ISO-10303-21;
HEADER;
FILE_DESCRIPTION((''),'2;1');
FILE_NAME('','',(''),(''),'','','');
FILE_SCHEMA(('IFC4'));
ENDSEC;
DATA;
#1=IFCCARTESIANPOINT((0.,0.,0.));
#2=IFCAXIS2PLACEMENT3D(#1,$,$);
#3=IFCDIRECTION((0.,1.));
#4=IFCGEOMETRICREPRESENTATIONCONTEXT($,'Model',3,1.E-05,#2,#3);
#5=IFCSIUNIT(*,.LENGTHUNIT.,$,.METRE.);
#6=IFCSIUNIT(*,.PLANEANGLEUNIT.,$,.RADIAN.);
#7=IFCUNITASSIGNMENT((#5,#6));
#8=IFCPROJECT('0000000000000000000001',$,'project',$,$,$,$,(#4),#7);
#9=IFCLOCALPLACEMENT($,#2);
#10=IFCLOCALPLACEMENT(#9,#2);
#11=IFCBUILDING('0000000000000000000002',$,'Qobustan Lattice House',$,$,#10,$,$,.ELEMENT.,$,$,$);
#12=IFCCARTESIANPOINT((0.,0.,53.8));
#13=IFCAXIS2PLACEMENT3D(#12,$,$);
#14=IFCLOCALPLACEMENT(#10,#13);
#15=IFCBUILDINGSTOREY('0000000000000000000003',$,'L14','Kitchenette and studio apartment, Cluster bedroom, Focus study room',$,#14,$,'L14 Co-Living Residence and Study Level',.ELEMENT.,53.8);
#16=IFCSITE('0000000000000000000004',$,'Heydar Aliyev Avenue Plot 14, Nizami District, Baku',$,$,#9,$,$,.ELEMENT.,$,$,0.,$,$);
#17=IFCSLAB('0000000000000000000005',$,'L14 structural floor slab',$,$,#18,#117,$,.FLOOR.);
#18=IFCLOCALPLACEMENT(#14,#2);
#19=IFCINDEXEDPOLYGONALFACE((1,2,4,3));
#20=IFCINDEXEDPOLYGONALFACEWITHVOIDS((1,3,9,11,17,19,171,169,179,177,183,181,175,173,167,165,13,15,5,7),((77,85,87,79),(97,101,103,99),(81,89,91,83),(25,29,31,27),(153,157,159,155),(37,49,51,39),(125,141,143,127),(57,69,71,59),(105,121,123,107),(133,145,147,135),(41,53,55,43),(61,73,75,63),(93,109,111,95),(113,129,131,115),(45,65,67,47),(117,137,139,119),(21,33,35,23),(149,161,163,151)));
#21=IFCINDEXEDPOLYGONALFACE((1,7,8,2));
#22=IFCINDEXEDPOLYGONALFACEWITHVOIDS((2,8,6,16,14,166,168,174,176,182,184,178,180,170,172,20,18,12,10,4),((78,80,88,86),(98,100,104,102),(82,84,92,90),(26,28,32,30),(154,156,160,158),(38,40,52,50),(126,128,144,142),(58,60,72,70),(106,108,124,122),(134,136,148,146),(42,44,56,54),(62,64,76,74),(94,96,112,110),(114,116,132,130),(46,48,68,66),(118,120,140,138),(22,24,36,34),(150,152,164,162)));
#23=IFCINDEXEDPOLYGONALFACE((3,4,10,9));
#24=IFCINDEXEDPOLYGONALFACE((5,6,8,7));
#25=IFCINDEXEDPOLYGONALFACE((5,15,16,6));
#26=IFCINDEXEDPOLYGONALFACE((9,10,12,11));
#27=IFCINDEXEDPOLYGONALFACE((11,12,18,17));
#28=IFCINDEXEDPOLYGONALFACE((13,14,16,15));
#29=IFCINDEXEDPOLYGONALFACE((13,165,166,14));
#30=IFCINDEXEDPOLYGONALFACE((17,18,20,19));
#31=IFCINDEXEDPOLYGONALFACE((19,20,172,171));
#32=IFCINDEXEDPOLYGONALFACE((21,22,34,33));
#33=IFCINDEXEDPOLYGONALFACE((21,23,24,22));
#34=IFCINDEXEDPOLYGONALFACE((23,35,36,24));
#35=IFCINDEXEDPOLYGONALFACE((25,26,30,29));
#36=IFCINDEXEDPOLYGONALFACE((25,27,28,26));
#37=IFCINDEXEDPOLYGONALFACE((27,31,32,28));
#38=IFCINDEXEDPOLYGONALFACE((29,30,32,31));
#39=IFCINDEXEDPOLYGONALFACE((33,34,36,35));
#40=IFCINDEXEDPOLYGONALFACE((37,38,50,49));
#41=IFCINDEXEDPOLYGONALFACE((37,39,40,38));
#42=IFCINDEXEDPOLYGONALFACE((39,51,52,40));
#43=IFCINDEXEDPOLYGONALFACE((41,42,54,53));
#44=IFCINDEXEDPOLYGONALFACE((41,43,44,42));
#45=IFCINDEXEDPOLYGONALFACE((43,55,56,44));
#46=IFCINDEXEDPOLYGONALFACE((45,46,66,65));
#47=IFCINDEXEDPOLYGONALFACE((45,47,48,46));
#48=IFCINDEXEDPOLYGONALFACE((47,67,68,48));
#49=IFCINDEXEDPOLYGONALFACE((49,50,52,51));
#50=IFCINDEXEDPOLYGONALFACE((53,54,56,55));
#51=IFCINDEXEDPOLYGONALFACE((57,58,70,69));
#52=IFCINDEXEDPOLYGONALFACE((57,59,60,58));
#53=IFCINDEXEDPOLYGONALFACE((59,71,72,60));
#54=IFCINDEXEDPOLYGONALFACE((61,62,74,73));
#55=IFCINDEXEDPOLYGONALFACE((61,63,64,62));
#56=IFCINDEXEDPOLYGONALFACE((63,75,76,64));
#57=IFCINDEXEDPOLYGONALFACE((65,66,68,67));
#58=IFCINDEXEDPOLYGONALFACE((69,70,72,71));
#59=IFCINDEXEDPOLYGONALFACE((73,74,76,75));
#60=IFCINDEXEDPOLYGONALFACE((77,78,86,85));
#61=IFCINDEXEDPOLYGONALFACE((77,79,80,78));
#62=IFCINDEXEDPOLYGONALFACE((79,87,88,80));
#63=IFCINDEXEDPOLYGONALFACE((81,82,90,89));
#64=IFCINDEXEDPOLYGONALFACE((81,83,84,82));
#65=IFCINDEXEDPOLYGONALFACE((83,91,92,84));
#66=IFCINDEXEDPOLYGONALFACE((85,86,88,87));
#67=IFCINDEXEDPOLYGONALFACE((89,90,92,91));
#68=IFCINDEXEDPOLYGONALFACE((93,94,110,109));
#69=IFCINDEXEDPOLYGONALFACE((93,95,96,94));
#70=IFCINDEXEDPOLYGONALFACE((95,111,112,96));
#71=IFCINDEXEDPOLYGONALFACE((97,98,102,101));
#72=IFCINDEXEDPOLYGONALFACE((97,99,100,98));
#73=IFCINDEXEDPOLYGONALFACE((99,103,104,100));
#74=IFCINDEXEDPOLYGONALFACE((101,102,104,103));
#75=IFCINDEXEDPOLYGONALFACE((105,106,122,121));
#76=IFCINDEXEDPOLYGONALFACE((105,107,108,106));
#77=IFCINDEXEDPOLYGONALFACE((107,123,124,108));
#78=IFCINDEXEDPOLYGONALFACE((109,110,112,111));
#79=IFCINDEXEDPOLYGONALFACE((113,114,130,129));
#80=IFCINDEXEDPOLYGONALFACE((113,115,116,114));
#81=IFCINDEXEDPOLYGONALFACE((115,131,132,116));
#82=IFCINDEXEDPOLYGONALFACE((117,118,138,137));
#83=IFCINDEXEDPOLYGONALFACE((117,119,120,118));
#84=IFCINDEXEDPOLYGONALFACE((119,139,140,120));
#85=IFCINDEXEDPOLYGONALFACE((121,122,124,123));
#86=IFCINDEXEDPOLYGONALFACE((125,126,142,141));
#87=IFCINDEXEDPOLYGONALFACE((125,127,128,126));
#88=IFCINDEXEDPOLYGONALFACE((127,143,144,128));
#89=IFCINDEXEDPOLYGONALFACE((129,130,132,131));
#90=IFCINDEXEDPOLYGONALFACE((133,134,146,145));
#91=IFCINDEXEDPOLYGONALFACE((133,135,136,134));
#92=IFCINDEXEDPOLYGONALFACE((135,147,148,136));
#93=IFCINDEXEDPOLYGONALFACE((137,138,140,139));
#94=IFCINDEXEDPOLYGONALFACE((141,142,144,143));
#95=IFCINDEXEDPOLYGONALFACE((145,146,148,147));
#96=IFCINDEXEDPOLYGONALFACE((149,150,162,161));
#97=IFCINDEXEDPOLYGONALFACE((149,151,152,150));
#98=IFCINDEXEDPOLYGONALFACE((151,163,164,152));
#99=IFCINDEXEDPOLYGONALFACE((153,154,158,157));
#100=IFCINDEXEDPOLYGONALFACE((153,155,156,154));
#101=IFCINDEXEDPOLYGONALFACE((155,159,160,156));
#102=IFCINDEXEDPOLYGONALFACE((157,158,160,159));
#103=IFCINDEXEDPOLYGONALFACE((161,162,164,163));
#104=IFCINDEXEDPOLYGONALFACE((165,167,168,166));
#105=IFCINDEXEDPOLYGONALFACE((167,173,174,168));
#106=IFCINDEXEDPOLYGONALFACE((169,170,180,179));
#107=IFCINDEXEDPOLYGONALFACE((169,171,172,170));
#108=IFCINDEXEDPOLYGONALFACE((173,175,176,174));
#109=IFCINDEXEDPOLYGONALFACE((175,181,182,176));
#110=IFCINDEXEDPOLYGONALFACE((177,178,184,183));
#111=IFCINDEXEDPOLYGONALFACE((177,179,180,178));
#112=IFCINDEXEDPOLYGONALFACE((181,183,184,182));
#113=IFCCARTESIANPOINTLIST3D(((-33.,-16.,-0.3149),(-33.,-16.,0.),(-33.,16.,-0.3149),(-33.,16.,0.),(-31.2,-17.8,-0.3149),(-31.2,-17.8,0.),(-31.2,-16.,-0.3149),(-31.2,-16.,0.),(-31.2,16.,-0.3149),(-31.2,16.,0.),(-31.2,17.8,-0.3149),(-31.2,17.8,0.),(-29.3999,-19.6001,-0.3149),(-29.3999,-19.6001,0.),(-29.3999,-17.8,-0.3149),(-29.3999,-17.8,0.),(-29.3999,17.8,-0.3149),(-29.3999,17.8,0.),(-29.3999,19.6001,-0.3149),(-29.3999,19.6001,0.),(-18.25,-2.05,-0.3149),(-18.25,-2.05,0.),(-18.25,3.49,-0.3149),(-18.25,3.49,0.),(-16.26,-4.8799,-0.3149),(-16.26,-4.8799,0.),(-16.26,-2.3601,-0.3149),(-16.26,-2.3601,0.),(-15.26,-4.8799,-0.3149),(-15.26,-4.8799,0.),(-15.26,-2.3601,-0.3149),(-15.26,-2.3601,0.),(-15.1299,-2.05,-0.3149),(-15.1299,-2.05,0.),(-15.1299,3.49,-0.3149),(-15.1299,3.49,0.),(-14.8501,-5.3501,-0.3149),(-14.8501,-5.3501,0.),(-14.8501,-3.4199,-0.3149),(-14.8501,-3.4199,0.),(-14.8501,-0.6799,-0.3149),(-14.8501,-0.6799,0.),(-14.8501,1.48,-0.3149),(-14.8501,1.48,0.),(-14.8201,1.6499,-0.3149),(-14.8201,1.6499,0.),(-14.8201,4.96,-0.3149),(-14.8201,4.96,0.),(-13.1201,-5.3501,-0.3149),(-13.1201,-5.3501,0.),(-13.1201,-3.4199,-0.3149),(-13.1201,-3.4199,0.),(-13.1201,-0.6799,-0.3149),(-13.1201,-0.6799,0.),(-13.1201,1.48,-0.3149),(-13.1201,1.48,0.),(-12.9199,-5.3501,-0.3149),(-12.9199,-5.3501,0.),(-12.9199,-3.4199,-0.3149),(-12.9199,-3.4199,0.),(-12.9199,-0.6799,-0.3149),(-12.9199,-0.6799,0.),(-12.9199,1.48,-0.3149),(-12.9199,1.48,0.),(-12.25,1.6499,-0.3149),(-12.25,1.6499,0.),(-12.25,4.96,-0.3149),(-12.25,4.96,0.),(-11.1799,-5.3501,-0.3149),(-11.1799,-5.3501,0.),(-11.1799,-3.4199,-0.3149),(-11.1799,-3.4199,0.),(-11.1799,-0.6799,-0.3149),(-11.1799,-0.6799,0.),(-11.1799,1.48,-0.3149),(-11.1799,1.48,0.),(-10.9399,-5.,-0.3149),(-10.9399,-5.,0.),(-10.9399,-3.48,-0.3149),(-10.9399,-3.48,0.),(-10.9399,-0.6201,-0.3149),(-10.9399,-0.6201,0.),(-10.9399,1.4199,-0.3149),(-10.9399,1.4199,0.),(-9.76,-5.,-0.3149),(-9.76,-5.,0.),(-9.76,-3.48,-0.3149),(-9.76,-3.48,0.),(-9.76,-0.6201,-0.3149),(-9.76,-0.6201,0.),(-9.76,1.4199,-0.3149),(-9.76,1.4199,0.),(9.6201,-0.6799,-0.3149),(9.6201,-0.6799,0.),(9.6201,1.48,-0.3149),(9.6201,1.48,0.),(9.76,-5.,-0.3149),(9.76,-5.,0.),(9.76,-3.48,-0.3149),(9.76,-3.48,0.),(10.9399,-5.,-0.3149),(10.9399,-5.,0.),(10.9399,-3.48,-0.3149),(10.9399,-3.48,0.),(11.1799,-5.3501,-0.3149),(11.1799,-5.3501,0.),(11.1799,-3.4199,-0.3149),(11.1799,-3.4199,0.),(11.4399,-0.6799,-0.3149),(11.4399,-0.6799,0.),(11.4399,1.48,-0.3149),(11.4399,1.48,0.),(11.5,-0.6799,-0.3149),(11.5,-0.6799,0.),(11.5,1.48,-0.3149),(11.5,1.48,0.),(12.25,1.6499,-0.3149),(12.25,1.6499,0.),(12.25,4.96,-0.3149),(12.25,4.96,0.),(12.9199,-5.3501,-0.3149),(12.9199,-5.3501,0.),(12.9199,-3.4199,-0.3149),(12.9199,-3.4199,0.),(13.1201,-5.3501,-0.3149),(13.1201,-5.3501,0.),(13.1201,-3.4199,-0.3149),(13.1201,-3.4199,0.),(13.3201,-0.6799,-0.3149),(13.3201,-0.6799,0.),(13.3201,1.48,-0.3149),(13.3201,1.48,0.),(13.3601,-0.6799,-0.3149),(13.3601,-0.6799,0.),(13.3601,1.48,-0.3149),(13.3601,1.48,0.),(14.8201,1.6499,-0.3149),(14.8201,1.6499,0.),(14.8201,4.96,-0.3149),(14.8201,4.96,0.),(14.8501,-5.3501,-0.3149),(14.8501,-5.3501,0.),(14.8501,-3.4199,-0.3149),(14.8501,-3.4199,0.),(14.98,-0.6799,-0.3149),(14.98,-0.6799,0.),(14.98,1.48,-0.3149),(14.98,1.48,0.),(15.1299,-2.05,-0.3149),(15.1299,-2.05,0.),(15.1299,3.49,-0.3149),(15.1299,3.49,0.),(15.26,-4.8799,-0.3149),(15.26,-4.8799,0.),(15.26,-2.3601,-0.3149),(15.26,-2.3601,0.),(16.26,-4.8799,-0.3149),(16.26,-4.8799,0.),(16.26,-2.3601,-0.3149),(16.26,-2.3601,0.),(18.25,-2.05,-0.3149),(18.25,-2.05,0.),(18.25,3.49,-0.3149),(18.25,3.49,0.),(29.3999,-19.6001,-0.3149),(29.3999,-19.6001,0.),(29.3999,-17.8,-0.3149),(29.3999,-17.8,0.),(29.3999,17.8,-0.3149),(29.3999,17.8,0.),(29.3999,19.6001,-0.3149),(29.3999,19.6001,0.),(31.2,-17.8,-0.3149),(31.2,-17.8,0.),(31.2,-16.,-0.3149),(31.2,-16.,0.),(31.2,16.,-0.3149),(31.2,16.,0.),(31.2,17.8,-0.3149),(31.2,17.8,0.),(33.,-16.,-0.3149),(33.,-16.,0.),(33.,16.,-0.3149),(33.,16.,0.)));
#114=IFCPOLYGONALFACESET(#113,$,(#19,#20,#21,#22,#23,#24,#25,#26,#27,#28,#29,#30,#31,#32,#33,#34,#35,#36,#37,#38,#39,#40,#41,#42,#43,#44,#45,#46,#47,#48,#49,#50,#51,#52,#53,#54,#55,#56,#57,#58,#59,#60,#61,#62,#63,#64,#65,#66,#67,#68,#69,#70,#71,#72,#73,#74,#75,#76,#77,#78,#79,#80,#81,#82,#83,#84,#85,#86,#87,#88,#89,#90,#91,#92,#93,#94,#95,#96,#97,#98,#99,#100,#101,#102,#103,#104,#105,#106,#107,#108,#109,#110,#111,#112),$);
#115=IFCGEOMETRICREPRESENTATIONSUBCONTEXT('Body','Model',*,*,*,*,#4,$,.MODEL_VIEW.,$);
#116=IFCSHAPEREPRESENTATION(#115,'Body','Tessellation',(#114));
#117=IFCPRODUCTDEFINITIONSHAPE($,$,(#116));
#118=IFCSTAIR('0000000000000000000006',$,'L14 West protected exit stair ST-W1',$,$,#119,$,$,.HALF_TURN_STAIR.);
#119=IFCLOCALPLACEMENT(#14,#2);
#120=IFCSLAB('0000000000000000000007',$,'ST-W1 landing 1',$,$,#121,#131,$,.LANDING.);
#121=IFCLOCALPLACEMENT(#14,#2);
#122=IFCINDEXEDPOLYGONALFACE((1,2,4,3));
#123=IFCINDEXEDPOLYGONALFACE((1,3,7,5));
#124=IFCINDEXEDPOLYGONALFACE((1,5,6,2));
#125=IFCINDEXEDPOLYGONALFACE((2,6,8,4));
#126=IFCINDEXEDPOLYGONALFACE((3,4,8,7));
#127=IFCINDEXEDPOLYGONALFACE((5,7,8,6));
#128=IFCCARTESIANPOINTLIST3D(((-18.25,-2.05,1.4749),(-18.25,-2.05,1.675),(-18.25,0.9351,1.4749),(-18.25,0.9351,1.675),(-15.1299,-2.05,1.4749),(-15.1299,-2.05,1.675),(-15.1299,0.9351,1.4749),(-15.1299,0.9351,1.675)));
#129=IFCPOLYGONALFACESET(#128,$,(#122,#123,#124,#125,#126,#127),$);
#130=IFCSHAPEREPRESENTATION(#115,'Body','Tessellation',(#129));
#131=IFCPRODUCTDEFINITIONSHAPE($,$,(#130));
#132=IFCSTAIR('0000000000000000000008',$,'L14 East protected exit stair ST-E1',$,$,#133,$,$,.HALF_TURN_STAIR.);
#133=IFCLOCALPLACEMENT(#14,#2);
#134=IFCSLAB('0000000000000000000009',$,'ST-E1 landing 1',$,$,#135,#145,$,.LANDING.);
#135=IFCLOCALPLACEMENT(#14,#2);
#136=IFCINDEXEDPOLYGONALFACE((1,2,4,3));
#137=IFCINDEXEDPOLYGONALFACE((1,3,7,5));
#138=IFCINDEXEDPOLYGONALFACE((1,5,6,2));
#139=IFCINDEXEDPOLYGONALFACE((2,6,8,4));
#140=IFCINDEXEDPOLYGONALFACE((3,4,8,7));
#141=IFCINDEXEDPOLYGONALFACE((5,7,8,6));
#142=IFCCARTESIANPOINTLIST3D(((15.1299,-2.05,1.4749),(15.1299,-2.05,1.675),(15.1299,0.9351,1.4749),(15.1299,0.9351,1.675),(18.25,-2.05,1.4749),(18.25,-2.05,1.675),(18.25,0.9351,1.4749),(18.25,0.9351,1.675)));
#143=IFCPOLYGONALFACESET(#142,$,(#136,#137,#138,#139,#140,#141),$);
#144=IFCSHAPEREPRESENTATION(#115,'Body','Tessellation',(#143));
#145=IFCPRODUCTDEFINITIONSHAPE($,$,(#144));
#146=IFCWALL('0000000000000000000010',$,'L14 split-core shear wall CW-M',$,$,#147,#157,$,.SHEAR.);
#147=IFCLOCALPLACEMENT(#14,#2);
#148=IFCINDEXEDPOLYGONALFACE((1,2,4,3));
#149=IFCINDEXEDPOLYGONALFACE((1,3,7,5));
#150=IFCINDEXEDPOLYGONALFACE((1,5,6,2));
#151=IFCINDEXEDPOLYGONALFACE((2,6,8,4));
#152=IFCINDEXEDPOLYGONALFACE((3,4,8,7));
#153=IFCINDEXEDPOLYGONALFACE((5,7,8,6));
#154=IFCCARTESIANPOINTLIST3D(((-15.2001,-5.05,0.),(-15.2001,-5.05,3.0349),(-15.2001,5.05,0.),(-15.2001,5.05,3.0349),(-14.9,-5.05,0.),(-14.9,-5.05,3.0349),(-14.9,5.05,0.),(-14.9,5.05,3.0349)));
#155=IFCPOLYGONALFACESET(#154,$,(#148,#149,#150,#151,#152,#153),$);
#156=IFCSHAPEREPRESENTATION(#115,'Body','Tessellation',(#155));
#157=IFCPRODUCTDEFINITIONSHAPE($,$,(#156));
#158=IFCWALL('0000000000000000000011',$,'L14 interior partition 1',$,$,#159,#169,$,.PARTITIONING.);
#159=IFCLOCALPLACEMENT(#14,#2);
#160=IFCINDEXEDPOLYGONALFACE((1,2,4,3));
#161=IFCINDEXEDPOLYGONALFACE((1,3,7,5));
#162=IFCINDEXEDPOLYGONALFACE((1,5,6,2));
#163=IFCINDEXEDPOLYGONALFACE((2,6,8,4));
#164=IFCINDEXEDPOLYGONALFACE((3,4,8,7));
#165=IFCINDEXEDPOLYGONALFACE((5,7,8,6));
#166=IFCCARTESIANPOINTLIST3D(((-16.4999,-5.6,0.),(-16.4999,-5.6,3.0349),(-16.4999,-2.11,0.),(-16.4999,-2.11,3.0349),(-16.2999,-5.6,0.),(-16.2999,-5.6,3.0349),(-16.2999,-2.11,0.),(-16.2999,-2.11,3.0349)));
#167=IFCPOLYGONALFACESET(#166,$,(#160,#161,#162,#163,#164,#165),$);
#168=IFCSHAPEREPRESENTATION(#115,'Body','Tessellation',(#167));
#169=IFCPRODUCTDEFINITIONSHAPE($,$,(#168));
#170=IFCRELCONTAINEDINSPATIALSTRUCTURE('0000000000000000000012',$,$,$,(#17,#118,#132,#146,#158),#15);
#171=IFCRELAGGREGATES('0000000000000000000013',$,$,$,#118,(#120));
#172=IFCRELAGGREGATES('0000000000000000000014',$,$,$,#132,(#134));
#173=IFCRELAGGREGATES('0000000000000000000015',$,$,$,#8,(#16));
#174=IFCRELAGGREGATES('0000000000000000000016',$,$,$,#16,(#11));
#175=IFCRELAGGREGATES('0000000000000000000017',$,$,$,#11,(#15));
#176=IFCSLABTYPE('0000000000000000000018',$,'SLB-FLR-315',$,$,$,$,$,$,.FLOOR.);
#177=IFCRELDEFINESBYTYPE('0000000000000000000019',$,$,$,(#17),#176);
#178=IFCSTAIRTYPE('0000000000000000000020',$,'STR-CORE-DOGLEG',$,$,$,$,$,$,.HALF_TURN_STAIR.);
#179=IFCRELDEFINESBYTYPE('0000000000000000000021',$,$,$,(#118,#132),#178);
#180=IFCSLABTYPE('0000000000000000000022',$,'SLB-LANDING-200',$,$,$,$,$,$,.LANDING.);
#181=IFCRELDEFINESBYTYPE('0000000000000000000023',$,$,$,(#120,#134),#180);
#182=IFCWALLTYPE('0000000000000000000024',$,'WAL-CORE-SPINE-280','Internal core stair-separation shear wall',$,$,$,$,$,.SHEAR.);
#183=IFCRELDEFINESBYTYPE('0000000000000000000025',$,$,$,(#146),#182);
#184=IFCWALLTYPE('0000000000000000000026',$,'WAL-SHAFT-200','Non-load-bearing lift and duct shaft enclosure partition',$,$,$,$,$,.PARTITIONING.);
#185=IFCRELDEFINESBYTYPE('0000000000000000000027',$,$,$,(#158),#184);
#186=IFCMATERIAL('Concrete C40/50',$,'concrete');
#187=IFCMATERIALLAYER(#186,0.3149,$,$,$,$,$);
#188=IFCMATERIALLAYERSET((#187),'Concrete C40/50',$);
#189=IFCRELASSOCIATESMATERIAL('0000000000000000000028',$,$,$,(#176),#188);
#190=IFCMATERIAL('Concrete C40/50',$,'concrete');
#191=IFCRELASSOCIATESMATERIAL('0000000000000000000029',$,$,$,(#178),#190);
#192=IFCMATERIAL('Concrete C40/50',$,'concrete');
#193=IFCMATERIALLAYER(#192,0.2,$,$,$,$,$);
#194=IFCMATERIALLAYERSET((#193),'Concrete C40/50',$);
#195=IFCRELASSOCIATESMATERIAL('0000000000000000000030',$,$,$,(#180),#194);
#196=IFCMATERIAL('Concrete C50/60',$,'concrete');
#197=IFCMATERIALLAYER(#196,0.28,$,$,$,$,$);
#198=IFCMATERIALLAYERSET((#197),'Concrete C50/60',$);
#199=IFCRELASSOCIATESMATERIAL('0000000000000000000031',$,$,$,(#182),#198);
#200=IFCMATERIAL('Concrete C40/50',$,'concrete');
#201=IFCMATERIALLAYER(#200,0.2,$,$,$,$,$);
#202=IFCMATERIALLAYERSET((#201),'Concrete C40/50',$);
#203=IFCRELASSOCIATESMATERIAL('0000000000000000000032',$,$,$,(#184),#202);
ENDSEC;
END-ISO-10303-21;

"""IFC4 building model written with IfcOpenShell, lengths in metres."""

from ifc_helpers import new_model, si_unit, direction, frame, frame_2d, origin, place, context, subcontext, project, spatial, polyline, rectangle, outline, extrude, material, layer, layer_set, type_object, element, aggregate, save


model = new_model("IFC4")

# Units and contexts
model_context = context("Model", 3, precision=1e-05, world=origin(), true_north=direction((0.0, 1.0)))
body_context = subcontext(model_context, "Body", "Model", "MODEL_VIEW")
ifc_project = project(units=[si_unit("LENGTHUNIT", "METRE"), si_unit("PLANEANGLEUNIT", "RADIAN")], contexts=[model_context])

# Site, building, storey
site_placement = place(None, origin())
site = spatial("IfcSite", under=ifc_project, at=site_placement, Name="Heydar Aliyev Avenue Plot 14, Nizami District, Baku", CompositionType="ELEMENT", RefElevation=0.0)
building_placement = place(site_placement, origin())
building = spatial("IfcBuilding", under=site, at=building_placement, Name="Qobustan Lattice House", CompositionType="ELEMENT")
storey_placement = place(building_placement, frame((0.0, 0.0, 53.8)))
storey = spatial("IfcBuildingStorey", under=building, at=storey_placement, Name="L14", Description="Kitchenette and studio apartment, Cluster bedroom, Focus study room", LongName="L14 Co-Living Residence and Study Level", CompositionType="ELEMENT", Elevation=53.8)

# Slab
ifc_material_1 = material(Name="Concrete C40/50", Category="concrete")
ifc_layer_1 = layer(ifc_material_1, 0.3149)
ifc_layer_set_1 = layer_set([ifc_layer_1], Name="Concrete C40/50")
slab_type_1 = type_object("IfcSlabType", Name="SLB-FLR-315", PredefinedType="FLOOR", material=ifc_layer_set_1)
slab_1_placement = place(storey_placement, frame((0.0, 0.0, -0.3149)))
element("IfcSlab", 1, at=slab_1_placement, inside=storey, type_object=slab_type_1, Name="L14 structural floor slab", PredefinedType="FLOOR", context=body_context, shape_type="SweptSolid", body=[
    extrude(outline(polyline([(-29.3999, -19.6001), (29.3999, -19.6001), (29.3999, -17.8), (31.2, -17.8), (31.2, -16.0), (33.0, -16.0), (33.0, 16.0), (31.2, 16.0), (31.2, 17.8), (29.3999, 17.8), (29.3999, 19.6001), (-29.3999, 19.6001), (-29.3999, 17.8), (-31.2, 17.8), (-31.2, 16.0), (-33.0, 16.0), (-33.0, -16.0), (-31.2, -16.0), (-31.2, -17.8), (-29.3999, -17.8), (-29.3999, -19.6001)]), holes=[polyline([(-18.25, -2.05), (-18.25, 3.49), (-15.1299, 3.49), (-15.1299, -2.05), (-18.25, -2.05)]), polyline([(15.1299, -2.05), (15.1299, 3.49), (18.25, 3.49), (18.25, -2.05), (15.1299, -2.05)]), polyline([(-14.8201, 1.6499), (-14.8201, 4.96), (-12.25, 4.96), (-12.25, 1.6499), (-14.8201, 1.6499)]), polyline([(12.25, 1.6499), (12.25, 4.96), (14.8201, 4.96), (14.8201, 1.6499), (12.25, 1.6499)]), polyline([(-16.26, -4.8799), (-16.26, -2.3601), (-15.26, -2.3601), (-15.26, -4.8799), (-16.26, -4.8799)]), polyline([(15.26, -4.8799), (15.26, -2.3601), (16.26, -2.3601), (16.26, -4.8799), (15.26, -4.8799)]), polyline([(-14.8501, -5.3501), (-14.8501, -3.4199), (-13.1201, -3.4199), (-13.1201, -5.3501), (-14.8501, -5.3501)]), polyline([(-12.9199, -5.3501), (-12.9199, -3.4199), (-11.1799, -3.4199), (-11.1799, -5.3501), (-12.9199, -5.3501)]), polyline([(-14.8501, -0.6799), (-14.8501, 1.48), (-13.1201, 1.48), (-13.1201, -0.6799), (-14.8501, -0.6799)]), polyline([(-12.9199, -0.6799), (-12.9199, 1.48), (-11.1799, 1.48), (-11.1799, -0.6799), (-12.9199, -0.6799)]), polyline([(-10.9399, -5.0), (-10.9399, -3.48), (-9.76, -3.48), (-9.76, -5.0), (-10.9399, -5.0)]), polyline([(-10.9399, -0.6201), (-10.9399, 1.4199), (-9.76, 1.4199), (-9.76, -0.6201), (-10.9399, -0.6201)]), polyline([(11.1799, -5.3501), (11.1799, -3.4199), (12.9199, -3.4199), (12.9199, -5.3501), (11.1799, -5.3501)]), polyline([(13.1201, -5.3501), (13.1201, -3.4199), (14.8501, -3.4199), (14.8501, -5.3501), (13.1201, -5.3501)]), polyline([(9.76, -5.0), (9.76, -3.48), (10.9399, -3.48), (10.9399, -5.0), (9.76, -5.0)]), polyline([(13.3601, -0.6799), (13.3601, 1.48), (14.98, 1.48), (14.98, -0.6799), (13.3601, -0.6799)]), polyline([(9.6201, -0.6799), (9.6201, 1.48), (11.4399, 1.48), (11.4399, -0.6799), (9.6201, -0.6799)]), polyline([(11.5, -0.6799), (11.5, 1.48), (13.3201, 1.48), (13.3201, -0.6799), (11.5, -0.6799)])]), origin(), (0.0, 0.0, 1.0), 0.3149),
])

# Stairs, slabs
ifc_material_2 = material(Name="Concrete C40/50", Category="concrete")
stair_type = type_object("IfcStairType", Name="STR-CORE-DOGLEG", PredefinedType="HALF_TURN_STAIR", material=ifc_material_2)
stair_1_placement = place(storey_placement, origin())
stair_1 = element("IfcStair", 2, at=stair_1_placement, inside=storey, type_object=stair_type, Name="L14 West protected exit stair ST-W1", PredefinedType="HALF_TURN_STAIR")
ifc_material_3 = material(Name="Concrete C40/50", Category="concrete")
ifc_layer_2 = layer(ifc_material_3, 0.2)
ifc_layer_set_2 = layer_set([ifc_layer_2], Name="Concrete C40/50")
slab_type_2 = type_object("IfcSlabType", Name="SLB-LANDING-200", PredefinedType="LANDING", material=ifc_layer_set_2)
slab_2_placement = place(storey_placement, frame((0.0, 0.0, 1.4749)))
slab_2 = element("IfcSlab", 3, at=slab_2_placement, type_object=slab_type_2, Name="ST-W1 landing 1", PredefinedType="LANDING", context=body_context, shape_type="SweptSolid", body=[
    extrude(outline(polyline([(-18.25, 0.9351), (-18.25, -2.05), (-15.1299, -2.05), (-15.1299, 0.9351), (-18.25, 0.9351)])), origin(), (0.0, 0.0, 1.0), 0.2002),
])
aggregate(stair_1, [slab_2])
stair_2_placement = place(storey_placement, origin())
stair_2 = element("IfcStair", 4, at=stair_2_placement, inside=storey, type_object=stair_type, Name="L14 East protected exit stair ST-E1", PredefinedType="HALF_TURN_STAIR")
slab_3_placement = place(storey_placement, frame((0.0, 0.0, 1.4749)))
slab_3 = element("IfcSlab", 5, at=slab_3_placement, type_object=slab_type_2, Name="ST-E1 landing 1", PredefinedType="LANDING", context=body_context, shape_type="SweptSolid", body=[
    extrude(outline(polyline([(15.1299, 0.9351), (15.1299, -2.05), (18.25, -2.05), (18.25, 0.9351), (15.1299, 0.9351)])), origin(), (0.0, 0.0, 1.0), 0.2002),
])
aggregate(stair_2, [slab_3])

# Wall
ifc_material_4 = material(Name="Concrete C50/60", Category="concrete")
ifc_layer_3 = layer(ifc_material_4, 0.28)
ifc_layer_set_3 = layer_set([ifc_layer_3], Name="Concrete C50/60")
wall_type_1 = type_object("IfcWallType", Name="WAL-CORE-SPINE-280", Description="Internal core stair-separation shear wall", PredefinedType="SHEAR", material=ifc_layer_set_3)
wall_1_placement = place(storey_placement, frame((-15.05, -5.05, 0.0), z_axis=(0.0, 0.0, 1.0), x_axis=(0.0, 1.0, 0.0)))
element("IfcWall", 6, at=wall_1_placement, inside=storey, type_object=wall_type_1, Name="L14 split-core shear wall CW-M", PredefinedType="SHEAR", context=body_context, shape_type="SweptSolid", body=[
    extrude(rectangle(XDim=10.1001, YDim=0.3, at=frame_2d((5.05, 0.0))), origin(), (0.0, 0.0, 1.0), 3.0349),
])

# Wall
ifc_material_5 = material(Name="Concrete C40/50", Category="concrete")
ifc_layer_4 = layer(ifc_material_5, 0.2)
ifc_layer_set_4 = layer_set([ifc_layer_4], Name="Concrete C40/50")
wall_type_2 = type_object("IfcWallType", Name="WAL-SHAFT-200", Description="Non-load-bearing lift and duct shaft enclosure partition", PredefinedType="PARTITIONING", material=ifc_layer_set_4)
wall_2_placement = place(storey_placement, frame((-16.3999, -5.6001, 0.0), z_axis=(0.0, 0.0, 1.0), x_axis=(0.0, 1.0, 0.0)))
element("IfcWall", 7, at=wall_2_placement, inside=storey, type_object=wall_type_2, Name="L14 interior partition 1", PredefinedType="PARTITIONING", context=body_context, shape_type="SweptSolid", body=[
    extrude(rectangle(XDim=3.49, YDim=0.2, at=frame_2d((1.7451, 0.0))), origin(), (0.0, 0.0, 1.0), 3.0349),
])

save(model, "model.ifc")
